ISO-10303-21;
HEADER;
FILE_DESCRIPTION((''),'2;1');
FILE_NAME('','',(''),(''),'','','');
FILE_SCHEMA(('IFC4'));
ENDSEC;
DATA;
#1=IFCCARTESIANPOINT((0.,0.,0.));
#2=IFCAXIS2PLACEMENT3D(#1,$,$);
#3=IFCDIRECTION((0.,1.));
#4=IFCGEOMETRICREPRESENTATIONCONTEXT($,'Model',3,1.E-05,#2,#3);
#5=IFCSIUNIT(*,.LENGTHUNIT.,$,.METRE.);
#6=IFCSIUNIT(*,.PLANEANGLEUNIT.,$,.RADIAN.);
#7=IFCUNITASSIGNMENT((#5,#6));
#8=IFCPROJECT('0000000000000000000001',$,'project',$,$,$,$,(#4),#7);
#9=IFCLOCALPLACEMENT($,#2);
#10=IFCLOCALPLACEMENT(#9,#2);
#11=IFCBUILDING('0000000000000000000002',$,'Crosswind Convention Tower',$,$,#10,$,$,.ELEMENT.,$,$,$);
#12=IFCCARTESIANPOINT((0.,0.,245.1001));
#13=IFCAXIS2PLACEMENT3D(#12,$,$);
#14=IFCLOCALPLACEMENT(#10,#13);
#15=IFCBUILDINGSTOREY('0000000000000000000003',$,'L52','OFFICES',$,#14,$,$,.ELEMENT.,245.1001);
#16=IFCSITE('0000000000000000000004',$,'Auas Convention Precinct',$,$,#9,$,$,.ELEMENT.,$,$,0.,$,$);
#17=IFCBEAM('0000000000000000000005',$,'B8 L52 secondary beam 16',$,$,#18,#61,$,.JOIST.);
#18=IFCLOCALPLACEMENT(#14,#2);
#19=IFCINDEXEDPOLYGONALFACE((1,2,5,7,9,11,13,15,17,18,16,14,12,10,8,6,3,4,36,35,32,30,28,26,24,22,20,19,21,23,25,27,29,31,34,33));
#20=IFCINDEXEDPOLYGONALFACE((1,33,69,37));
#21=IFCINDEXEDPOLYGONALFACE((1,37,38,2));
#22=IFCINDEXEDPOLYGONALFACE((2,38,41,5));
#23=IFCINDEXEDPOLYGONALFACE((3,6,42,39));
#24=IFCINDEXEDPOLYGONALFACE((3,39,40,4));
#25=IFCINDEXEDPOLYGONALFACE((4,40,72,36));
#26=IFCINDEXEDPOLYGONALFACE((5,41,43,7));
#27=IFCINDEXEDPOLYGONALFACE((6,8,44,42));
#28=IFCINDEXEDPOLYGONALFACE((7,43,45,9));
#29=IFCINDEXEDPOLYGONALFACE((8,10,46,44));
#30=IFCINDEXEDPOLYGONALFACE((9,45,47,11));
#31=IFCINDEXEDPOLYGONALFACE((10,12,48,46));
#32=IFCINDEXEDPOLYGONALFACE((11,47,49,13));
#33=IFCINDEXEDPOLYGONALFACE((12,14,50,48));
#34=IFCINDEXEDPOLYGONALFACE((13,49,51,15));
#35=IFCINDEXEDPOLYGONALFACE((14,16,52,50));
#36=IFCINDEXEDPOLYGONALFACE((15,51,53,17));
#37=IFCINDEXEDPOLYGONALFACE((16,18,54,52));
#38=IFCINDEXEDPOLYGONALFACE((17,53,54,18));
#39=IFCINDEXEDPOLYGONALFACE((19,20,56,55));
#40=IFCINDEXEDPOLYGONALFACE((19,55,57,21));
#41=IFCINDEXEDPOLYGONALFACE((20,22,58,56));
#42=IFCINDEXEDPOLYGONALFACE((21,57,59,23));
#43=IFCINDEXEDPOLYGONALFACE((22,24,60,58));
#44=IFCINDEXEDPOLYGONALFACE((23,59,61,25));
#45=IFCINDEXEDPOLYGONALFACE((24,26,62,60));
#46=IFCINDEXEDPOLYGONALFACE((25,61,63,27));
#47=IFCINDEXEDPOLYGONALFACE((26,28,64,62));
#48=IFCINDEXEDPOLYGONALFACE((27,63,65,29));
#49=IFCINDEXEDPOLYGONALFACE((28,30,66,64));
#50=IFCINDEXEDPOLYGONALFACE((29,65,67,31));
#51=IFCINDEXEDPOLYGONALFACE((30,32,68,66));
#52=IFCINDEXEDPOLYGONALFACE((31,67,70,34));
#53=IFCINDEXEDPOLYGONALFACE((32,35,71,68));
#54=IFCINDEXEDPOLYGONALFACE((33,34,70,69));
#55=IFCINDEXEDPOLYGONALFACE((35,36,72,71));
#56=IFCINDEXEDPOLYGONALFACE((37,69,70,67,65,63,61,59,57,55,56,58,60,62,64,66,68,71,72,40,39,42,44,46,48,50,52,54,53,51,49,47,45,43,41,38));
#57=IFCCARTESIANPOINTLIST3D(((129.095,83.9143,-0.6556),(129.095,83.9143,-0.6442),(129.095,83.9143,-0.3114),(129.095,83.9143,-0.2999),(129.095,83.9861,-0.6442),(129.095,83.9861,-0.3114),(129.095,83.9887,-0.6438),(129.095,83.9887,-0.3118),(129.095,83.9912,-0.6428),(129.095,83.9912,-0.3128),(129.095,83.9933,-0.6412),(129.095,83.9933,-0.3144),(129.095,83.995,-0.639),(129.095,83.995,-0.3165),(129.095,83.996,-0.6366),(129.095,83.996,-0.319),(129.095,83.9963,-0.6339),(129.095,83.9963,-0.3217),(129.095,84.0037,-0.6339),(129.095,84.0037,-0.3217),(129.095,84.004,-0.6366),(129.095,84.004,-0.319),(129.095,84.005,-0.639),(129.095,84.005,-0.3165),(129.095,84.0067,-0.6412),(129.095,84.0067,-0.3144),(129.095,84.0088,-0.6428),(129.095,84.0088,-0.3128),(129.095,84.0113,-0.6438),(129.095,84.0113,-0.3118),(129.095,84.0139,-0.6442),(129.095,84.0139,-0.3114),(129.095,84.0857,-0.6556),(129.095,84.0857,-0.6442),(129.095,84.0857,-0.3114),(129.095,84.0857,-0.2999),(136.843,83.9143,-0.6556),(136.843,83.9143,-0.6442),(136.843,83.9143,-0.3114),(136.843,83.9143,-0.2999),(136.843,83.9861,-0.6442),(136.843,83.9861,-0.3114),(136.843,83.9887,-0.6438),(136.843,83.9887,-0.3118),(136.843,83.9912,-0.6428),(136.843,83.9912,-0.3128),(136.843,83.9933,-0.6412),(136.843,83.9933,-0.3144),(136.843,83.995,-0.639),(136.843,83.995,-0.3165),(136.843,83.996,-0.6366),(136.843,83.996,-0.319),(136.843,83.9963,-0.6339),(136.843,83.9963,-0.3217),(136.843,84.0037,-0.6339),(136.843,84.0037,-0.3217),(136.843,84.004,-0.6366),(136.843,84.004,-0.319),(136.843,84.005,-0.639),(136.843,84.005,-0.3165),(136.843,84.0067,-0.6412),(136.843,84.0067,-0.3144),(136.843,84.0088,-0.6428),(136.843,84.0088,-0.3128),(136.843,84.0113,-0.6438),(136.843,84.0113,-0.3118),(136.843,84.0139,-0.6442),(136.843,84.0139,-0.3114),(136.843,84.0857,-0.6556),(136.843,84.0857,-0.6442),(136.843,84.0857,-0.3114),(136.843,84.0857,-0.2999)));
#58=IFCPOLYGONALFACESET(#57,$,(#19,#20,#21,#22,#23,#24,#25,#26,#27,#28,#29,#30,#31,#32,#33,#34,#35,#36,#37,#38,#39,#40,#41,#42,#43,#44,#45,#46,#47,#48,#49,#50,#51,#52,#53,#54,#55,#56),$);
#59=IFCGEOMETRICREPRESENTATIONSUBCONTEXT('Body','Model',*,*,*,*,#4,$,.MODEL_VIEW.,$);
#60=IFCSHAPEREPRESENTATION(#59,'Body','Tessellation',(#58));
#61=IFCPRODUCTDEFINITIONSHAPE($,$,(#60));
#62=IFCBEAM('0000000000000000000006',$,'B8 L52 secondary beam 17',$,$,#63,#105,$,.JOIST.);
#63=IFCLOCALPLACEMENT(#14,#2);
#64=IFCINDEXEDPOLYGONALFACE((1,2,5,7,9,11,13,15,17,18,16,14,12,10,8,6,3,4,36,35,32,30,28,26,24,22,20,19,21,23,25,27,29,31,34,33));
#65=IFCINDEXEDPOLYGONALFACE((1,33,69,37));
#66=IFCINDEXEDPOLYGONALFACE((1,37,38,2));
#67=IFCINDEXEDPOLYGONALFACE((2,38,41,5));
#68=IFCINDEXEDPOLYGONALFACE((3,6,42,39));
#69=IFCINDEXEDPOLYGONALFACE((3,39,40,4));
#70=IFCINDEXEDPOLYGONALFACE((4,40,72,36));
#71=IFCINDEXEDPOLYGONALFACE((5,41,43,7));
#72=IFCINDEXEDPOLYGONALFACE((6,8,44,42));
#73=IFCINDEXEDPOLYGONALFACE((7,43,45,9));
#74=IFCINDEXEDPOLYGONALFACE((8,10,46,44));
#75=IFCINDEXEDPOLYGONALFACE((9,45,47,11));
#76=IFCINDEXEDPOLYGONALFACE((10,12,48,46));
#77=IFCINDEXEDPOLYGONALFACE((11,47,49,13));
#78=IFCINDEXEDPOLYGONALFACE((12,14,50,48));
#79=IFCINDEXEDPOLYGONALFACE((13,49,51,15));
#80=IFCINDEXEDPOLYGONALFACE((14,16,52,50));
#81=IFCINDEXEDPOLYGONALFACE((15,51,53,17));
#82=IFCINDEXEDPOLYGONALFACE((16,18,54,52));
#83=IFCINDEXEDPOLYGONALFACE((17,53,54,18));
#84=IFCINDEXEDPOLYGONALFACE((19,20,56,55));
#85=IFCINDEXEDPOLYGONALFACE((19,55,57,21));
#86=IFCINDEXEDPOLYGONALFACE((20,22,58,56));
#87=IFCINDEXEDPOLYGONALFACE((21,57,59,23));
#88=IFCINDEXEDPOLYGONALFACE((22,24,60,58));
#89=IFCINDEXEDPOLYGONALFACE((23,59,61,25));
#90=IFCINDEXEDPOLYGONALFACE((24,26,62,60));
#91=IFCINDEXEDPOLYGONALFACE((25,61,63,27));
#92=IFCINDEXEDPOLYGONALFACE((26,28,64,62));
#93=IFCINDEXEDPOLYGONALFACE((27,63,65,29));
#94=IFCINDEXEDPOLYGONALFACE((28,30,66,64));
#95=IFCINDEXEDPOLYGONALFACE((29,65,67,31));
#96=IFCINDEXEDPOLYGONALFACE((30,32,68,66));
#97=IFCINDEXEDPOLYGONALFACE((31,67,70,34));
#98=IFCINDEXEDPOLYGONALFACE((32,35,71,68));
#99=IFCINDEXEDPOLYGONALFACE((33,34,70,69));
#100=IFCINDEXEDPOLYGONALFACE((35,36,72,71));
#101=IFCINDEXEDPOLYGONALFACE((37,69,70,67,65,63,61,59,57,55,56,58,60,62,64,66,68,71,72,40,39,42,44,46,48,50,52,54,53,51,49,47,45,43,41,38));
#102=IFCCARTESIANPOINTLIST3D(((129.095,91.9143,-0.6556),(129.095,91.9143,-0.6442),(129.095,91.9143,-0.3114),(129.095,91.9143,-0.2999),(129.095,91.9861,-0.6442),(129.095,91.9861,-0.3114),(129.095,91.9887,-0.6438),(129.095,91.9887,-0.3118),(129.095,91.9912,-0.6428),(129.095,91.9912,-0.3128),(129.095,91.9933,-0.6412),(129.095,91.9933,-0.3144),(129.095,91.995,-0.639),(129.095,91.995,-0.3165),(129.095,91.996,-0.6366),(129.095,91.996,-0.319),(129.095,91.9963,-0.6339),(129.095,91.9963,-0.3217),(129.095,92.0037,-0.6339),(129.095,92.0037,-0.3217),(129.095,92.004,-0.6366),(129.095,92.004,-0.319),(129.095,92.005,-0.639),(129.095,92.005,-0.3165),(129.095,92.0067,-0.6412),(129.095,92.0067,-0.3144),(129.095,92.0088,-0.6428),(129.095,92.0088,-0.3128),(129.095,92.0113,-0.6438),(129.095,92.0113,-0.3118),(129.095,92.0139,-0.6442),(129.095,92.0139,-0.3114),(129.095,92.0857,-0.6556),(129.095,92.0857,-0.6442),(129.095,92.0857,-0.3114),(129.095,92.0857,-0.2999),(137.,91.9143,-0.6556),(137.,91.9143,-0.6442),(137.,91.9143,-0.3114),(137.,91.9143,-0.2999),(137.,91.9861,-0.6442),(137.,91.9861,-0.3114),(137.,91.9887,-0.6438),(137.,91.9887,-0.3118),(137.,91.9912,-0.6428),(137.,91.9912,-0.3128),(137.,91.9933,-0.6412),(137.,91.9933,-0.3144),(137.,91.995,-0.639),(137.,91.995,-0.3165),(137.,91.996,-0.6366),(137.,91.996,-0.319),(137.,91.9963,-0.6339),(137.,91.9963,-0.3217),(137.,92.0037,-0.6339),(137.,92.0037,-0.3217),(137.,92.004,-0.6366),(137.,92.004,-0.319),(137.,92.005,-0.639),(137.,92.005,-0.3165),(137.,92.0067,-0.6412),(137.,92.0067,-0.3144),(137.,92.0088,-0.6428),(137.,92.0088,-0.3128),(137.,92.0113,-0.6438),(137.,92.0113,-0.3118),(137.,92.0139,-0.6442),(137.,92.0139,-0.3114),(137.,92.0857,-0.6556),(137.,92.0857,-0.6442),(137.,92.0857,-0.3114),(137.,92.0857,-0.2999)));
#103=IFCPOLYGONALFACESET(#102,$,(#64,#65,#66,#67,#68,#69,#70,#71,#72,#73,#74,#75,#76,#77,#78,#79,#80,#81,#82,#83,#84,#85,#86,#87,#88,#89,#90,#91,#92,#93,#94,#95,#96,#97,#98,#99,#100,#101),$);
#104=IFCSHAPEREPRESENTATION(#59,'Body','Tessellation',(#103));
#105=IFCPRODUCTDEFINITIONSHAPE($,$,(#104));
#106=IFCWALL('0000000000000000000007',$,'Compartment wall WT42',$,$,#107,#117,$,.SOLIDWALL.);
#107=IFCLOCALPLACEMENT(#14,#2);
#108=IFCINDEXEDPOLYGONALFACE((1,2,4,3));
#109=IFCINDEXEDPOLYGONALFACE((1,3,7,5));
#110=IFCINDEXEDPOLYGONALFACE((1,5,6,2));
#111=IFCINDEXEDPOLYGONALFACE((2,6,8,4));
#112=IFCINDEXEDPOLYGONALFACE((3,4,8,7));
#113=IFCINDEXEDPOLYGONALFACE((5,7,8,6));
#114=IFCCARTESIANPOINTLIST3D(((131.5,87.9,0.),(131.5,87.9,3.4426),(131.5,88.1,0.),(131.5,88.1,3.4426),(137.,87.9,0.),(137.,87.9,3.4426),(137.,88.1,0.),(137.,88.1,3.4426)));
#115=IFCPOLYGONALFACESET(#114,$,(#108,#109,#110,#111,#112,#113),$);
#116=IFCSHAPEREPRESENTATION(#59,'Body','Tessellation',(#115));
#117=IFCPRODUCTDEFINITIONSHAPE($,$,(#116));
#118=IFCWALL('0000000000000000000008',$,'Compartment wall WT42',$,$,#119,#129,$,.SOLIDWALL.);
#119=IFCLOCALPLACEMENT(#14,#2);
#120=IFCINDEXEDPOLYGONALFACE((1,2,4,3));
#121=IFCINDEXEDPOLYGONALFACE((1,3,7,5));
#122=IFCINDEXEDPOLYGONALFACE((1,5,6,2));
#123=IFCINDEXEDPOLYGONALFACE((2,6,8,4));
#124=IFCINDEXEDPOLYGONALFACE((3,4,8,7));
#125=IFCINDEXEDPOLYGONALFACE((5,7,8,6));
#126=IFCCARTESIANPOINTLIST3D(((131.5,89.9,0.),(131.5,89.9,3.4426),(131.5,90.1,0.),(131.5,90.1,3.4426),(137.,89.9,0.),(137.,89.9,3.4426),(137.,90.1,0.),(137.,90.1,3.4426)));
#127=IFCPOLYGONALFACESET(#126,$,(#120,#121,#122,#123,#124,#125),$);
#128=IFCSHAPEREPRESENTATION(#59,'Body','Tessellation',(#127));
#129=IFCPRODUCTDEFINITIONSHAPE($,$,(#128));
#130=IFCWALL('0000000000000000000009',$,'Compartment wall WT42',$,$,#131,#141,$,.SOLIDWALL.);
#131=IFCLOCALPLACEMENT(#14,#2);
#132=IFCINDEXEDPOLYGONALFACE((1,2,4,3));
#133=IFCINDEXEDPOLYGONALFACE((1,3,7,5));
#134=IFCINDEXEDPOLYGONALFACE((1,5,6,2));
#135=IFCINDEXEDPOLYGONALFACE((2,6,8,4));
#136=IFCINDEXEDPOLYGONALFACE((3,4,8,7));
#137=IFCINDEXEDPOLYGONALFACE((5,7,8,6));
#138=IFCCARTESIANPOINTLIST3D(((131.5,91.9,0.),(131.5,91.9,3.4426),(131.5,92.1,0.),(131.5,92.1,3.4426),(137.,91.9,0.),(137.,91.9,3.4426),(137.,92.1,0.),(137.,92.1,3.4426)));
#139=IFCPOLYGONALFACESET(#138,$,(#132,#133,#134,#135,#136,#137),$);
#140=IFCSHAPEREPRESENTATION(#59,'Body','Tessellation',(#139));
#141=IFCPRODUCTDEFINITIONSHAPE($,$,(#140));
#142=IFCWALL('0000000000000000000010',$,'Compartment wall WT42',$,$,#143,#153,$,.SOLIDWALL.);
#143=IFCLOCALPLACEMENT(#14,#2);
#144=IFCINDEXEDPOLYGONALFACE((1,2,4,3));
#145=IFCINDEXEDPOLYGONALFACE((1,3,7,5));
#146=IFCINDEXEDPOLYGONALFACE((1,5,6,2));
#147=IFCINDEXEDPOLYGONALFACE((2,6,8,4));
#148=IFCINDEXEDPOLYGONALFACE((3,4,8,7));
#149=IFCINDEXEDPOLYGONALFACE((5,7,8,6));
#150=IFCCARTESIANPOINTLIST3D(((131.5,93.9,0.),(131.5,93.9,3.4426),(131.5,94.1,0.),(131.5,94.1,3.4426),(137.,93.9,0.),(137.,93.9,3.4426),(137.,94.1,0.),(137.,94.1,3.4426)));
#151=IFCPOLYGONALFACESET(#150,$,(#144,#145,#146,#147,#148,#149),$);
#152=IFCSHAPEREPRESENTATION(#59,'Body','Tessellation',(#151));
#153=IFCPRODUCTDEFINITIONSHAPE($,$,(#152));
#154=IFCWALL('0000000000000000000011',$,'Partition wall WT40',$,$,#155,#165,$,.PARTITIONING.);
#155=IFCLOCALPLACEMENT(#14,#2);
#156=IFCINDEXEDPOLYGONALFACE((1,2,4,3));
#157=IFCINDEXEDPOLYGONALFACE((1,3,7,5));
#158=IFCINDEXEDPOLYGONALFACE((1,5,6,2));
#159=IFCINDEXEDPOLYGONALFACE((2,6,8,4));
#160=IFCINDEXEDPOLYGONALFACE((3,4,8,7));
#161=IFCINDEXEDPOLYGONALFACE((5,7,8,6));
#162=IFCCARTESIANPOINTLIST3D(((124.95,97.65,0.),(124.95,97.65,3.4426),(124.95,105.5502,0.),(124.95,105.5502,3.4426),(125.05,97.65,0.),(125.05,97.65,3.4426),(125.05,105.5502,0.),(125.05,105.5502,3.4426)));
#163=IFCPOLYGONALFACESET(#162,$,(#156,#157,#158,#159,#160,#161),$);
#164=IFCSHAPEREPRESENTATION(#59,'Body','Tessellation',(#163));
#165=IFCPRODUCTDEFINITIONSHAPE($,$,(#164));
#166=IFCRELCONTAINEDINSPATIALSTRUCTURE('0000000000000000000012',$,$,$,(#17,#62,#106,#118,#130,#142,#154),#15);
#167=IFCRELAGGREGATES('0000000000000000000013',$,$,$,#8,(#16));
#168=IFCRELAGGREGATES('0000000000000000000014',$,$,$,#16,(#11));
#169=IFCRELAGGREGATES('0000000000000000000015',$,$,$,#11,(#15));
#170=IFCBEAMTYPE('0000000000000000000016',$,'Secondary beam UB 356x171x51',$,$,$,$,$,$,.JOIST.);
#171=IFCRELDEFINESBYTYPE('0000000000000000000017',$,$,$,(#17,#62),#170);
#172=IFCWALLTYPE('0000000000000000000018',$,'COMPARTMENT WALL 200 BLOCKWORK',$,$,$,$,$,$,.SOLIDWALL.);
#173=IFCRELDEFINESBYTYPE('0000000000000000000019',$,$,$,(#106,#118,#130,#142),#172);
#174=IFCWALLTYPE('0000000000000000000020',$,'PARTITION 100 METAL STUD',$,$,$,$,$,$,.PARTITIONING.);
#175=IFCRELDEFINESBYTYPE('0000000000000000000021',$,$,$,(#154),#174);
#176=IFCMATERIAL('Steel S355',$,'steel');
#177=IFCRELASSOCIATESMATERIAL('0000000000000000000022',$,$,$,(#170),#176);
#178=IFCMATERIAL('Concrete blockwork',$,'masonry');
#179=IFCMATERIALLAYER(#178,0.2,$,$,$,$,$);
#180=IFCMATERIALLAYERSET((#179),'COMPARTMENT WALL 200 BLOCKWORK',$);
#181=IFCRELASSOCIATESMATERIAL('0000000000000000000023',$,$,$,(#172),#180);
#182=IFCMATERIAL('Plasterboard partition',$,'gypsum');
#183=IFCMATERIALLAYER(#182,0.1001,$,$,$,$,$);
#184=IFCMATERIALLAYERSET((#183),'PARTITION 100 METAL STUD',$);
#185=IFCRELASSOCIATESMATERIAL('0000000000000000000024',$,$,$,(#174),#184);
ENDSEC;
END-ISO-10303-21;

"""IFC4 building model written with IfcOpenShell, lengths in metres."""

from ifc_helpers import new_model, si_unit, direction, frame, frame_2d, origin, origin_2d, place, context, subcontext, project, spatial, rectangle, i_section, extrude, material, layer, layer_set, material_profile, profile_set, type_object, element, save


model = new_model("IFC4")

# Units and contexts
model_context = context("Model", 3, precision=1e-05, world=origin(), true_north=direction((0.0, 1.0)))
body_context = subcontext(model_context, "Body", "Model", "MODEL_VIEW")
ifc_project = project(units=[si_unit("LENGTHUNIT", "METRE"), si_unit("PLANEANGLEUNIT", "RADIAN")], contexts=[model_context])

# Site, building, storey
site_placement = place(None, origin())
site = spatial("IfcSite", under=ifc_project, at=site_placement, Name="Auas Convention Precinct", CompositionType="ELEMENT", RefElevation=0.0)
building_placement = place(site_placement, origin())
building = spatial("IfcBuilding", under=site, at=building_placement, Name="Crosswind Convention Tower", CompositionType="ELEMENT")
storey_placement = place(building_placement, frame((0.0, 0.0, 245.1001)))
storey = spatial("IfcBuildingStorey", under=building, at=storey_placement, Name="L52", Description="OFFICES", CompositionType="ELEMENT", Elevation=245.1001)

# Beams
ifc_material_1 = material(Name="Steel S355", Category="steel")
ifc_material_profile_1 = material_profile(ifc_material_1, i_section(OverallWidth=0.1714, OverallDepth=0.3557, WebThickness=0.0073, FlangeThickness=0.0115, FilletRadius=0.0103, at=origin_2d()), Name="UB 356x171x51")
ifc_profile_set_1 = profile_set([ifc_material_profile_1], Name="Steel S355")
beam_type_1 = type_object("IfcBeamType", Name="Secondary beam UB 356x171x51", PredefinedType="JOIST", material=ifc_profile_set_1)
beam_1_placement = place(storey_placement, frame((129.095, 84.0, -0.4778), z_axis=(1.0, 0.0, 0.0), x_axis=(0.0, 1.0, 0.0)))
element("IfcBeam", 1, at=beam_1_placement, inside=storey, type_object=beam_type_1, Name="B8 L52 secondary beam 16", PredefinedType="JOIST", context=body_context, shape_type="SweptSolid", body=[
    extrude(i_section(OverallWidth=0.1714, OverallDepth=0.3557, WebThickness=0.0073, FlangeThickness=0.0115, FilletRadius=0.0103, at=origin_2d()), origin(), (0.0, 0.0, 1.0), 7.748),
])
beam_2_placement = place(storey_placement, frame((129.095, 92.0, -0.4778), z_axis=(1.0, 0.0, 0.0), x_axis=(0.0, 1.0, 0.0)))
element("IfcBeam", 2, at=beam_2_placement, inside=storey, type_object=beam_type_1, Name="B8 L52 secondary beam 17", PredefinedType="JOIST", context=body_context, shape_type="SweptSolid", body=[
    extrude(i_section(OverallWidth=0.1714, OverallDepth=0.3557, WebThickness=0.0073, FlangeThickness=0.0115, FilletRadius=0.0103, at=origin_2d()), origin(), (0.0, 0.0, 1.0), 7.905),
])

# Walls
ifc_material_2 = material(Name="Concrete blockwork", Category="masonry")
ifc_layer_1 = layer(ifc_material_2, 0.2)
ifc_layer_set_1 = layer_set([ifc_layer_1], Name="COMPARTMENT WALL 200 BLOCKWORK")
wall_type_1 = type_object("IfcWallType", Name="COMPARTMENT WALL 200 BLOCKWORK", PredefinedType="SOLIDWALL", material=ifc_layer_set_1)
for number, where, z_axis, x_axis, name in (
    (3, (131.5, 88.0, 0.0), (0.0, 0.0, 1.0), (1.0, 0.0, 0.0), "Compartment wall WT42"),
    (4, (131.5, 90.0, 0.0), (0.0, 0.0, 1.0), (1.0, 0.0, 0.0), "Compartment wall WT42"),
    (5, (131.5, 92.0, 0.0), (0.0, 0.0, 1.0), (1.0, 0.0, 0.0), "Compartment wall WT42"),
    (6, (131.5, 94.0, 0.0), (0.0, 0.0, 1.0), (1.0, 0.0, 0.0), "Compartment wall WT42"),
):
    element("IfcWall", number, at=place(storey_placement, frame(where, z_axis=z_axis, x_axis=x_axis)), inside=storey, type_object=wall_type_1, Name=name, PredefinedType="SOLIDWALL", context=body_context, shape_type="SweptSolid", body=[
        extrude(rectangle(XDim=5.5, YDim=0.2, at=frame_2d((2.75, 0.0))), origin(), (0.0, 0.0, 1.0), 3.4426),
    ])
ifc_material_3 = material(Name="Plasterboard partition", Category="gypsum")
ifc_layer_2 = layer(ifc_material_3, 0.1001)
ifc_layer_set_2 = layer_set([ifc_layer_2], Name="PARTITION 100 METAL STUD")
wall_type_2 = type_object("IfcWallType", Name="PARTITION 100 METAL STUD", PredefinedType="PARTITIONING", material=ifc_layer_set_2)
wall_placement = place(storey_placement, frame((125.0, 97.6499, 0.0), z_axis=(0.0, 0.0, 1.0), x_axis=(0.0, 1.0, 0.0)))
element("IfcWall", 7, at=wall_placement, inside=storey, type_object=wall_type_2, Name="Partition wall WT40", PredefinedType="PARTITIONING", context=body_context, shape_type="SweptSolid", body=[
    extrude(rectangle(XDim=7.9001, YDim=0.1001, at=frame_2d((3.9502, 0.0))), origin(), (0.0, 0.0, 1.0), 3.4426),
])

save(model, "model.ifc")
